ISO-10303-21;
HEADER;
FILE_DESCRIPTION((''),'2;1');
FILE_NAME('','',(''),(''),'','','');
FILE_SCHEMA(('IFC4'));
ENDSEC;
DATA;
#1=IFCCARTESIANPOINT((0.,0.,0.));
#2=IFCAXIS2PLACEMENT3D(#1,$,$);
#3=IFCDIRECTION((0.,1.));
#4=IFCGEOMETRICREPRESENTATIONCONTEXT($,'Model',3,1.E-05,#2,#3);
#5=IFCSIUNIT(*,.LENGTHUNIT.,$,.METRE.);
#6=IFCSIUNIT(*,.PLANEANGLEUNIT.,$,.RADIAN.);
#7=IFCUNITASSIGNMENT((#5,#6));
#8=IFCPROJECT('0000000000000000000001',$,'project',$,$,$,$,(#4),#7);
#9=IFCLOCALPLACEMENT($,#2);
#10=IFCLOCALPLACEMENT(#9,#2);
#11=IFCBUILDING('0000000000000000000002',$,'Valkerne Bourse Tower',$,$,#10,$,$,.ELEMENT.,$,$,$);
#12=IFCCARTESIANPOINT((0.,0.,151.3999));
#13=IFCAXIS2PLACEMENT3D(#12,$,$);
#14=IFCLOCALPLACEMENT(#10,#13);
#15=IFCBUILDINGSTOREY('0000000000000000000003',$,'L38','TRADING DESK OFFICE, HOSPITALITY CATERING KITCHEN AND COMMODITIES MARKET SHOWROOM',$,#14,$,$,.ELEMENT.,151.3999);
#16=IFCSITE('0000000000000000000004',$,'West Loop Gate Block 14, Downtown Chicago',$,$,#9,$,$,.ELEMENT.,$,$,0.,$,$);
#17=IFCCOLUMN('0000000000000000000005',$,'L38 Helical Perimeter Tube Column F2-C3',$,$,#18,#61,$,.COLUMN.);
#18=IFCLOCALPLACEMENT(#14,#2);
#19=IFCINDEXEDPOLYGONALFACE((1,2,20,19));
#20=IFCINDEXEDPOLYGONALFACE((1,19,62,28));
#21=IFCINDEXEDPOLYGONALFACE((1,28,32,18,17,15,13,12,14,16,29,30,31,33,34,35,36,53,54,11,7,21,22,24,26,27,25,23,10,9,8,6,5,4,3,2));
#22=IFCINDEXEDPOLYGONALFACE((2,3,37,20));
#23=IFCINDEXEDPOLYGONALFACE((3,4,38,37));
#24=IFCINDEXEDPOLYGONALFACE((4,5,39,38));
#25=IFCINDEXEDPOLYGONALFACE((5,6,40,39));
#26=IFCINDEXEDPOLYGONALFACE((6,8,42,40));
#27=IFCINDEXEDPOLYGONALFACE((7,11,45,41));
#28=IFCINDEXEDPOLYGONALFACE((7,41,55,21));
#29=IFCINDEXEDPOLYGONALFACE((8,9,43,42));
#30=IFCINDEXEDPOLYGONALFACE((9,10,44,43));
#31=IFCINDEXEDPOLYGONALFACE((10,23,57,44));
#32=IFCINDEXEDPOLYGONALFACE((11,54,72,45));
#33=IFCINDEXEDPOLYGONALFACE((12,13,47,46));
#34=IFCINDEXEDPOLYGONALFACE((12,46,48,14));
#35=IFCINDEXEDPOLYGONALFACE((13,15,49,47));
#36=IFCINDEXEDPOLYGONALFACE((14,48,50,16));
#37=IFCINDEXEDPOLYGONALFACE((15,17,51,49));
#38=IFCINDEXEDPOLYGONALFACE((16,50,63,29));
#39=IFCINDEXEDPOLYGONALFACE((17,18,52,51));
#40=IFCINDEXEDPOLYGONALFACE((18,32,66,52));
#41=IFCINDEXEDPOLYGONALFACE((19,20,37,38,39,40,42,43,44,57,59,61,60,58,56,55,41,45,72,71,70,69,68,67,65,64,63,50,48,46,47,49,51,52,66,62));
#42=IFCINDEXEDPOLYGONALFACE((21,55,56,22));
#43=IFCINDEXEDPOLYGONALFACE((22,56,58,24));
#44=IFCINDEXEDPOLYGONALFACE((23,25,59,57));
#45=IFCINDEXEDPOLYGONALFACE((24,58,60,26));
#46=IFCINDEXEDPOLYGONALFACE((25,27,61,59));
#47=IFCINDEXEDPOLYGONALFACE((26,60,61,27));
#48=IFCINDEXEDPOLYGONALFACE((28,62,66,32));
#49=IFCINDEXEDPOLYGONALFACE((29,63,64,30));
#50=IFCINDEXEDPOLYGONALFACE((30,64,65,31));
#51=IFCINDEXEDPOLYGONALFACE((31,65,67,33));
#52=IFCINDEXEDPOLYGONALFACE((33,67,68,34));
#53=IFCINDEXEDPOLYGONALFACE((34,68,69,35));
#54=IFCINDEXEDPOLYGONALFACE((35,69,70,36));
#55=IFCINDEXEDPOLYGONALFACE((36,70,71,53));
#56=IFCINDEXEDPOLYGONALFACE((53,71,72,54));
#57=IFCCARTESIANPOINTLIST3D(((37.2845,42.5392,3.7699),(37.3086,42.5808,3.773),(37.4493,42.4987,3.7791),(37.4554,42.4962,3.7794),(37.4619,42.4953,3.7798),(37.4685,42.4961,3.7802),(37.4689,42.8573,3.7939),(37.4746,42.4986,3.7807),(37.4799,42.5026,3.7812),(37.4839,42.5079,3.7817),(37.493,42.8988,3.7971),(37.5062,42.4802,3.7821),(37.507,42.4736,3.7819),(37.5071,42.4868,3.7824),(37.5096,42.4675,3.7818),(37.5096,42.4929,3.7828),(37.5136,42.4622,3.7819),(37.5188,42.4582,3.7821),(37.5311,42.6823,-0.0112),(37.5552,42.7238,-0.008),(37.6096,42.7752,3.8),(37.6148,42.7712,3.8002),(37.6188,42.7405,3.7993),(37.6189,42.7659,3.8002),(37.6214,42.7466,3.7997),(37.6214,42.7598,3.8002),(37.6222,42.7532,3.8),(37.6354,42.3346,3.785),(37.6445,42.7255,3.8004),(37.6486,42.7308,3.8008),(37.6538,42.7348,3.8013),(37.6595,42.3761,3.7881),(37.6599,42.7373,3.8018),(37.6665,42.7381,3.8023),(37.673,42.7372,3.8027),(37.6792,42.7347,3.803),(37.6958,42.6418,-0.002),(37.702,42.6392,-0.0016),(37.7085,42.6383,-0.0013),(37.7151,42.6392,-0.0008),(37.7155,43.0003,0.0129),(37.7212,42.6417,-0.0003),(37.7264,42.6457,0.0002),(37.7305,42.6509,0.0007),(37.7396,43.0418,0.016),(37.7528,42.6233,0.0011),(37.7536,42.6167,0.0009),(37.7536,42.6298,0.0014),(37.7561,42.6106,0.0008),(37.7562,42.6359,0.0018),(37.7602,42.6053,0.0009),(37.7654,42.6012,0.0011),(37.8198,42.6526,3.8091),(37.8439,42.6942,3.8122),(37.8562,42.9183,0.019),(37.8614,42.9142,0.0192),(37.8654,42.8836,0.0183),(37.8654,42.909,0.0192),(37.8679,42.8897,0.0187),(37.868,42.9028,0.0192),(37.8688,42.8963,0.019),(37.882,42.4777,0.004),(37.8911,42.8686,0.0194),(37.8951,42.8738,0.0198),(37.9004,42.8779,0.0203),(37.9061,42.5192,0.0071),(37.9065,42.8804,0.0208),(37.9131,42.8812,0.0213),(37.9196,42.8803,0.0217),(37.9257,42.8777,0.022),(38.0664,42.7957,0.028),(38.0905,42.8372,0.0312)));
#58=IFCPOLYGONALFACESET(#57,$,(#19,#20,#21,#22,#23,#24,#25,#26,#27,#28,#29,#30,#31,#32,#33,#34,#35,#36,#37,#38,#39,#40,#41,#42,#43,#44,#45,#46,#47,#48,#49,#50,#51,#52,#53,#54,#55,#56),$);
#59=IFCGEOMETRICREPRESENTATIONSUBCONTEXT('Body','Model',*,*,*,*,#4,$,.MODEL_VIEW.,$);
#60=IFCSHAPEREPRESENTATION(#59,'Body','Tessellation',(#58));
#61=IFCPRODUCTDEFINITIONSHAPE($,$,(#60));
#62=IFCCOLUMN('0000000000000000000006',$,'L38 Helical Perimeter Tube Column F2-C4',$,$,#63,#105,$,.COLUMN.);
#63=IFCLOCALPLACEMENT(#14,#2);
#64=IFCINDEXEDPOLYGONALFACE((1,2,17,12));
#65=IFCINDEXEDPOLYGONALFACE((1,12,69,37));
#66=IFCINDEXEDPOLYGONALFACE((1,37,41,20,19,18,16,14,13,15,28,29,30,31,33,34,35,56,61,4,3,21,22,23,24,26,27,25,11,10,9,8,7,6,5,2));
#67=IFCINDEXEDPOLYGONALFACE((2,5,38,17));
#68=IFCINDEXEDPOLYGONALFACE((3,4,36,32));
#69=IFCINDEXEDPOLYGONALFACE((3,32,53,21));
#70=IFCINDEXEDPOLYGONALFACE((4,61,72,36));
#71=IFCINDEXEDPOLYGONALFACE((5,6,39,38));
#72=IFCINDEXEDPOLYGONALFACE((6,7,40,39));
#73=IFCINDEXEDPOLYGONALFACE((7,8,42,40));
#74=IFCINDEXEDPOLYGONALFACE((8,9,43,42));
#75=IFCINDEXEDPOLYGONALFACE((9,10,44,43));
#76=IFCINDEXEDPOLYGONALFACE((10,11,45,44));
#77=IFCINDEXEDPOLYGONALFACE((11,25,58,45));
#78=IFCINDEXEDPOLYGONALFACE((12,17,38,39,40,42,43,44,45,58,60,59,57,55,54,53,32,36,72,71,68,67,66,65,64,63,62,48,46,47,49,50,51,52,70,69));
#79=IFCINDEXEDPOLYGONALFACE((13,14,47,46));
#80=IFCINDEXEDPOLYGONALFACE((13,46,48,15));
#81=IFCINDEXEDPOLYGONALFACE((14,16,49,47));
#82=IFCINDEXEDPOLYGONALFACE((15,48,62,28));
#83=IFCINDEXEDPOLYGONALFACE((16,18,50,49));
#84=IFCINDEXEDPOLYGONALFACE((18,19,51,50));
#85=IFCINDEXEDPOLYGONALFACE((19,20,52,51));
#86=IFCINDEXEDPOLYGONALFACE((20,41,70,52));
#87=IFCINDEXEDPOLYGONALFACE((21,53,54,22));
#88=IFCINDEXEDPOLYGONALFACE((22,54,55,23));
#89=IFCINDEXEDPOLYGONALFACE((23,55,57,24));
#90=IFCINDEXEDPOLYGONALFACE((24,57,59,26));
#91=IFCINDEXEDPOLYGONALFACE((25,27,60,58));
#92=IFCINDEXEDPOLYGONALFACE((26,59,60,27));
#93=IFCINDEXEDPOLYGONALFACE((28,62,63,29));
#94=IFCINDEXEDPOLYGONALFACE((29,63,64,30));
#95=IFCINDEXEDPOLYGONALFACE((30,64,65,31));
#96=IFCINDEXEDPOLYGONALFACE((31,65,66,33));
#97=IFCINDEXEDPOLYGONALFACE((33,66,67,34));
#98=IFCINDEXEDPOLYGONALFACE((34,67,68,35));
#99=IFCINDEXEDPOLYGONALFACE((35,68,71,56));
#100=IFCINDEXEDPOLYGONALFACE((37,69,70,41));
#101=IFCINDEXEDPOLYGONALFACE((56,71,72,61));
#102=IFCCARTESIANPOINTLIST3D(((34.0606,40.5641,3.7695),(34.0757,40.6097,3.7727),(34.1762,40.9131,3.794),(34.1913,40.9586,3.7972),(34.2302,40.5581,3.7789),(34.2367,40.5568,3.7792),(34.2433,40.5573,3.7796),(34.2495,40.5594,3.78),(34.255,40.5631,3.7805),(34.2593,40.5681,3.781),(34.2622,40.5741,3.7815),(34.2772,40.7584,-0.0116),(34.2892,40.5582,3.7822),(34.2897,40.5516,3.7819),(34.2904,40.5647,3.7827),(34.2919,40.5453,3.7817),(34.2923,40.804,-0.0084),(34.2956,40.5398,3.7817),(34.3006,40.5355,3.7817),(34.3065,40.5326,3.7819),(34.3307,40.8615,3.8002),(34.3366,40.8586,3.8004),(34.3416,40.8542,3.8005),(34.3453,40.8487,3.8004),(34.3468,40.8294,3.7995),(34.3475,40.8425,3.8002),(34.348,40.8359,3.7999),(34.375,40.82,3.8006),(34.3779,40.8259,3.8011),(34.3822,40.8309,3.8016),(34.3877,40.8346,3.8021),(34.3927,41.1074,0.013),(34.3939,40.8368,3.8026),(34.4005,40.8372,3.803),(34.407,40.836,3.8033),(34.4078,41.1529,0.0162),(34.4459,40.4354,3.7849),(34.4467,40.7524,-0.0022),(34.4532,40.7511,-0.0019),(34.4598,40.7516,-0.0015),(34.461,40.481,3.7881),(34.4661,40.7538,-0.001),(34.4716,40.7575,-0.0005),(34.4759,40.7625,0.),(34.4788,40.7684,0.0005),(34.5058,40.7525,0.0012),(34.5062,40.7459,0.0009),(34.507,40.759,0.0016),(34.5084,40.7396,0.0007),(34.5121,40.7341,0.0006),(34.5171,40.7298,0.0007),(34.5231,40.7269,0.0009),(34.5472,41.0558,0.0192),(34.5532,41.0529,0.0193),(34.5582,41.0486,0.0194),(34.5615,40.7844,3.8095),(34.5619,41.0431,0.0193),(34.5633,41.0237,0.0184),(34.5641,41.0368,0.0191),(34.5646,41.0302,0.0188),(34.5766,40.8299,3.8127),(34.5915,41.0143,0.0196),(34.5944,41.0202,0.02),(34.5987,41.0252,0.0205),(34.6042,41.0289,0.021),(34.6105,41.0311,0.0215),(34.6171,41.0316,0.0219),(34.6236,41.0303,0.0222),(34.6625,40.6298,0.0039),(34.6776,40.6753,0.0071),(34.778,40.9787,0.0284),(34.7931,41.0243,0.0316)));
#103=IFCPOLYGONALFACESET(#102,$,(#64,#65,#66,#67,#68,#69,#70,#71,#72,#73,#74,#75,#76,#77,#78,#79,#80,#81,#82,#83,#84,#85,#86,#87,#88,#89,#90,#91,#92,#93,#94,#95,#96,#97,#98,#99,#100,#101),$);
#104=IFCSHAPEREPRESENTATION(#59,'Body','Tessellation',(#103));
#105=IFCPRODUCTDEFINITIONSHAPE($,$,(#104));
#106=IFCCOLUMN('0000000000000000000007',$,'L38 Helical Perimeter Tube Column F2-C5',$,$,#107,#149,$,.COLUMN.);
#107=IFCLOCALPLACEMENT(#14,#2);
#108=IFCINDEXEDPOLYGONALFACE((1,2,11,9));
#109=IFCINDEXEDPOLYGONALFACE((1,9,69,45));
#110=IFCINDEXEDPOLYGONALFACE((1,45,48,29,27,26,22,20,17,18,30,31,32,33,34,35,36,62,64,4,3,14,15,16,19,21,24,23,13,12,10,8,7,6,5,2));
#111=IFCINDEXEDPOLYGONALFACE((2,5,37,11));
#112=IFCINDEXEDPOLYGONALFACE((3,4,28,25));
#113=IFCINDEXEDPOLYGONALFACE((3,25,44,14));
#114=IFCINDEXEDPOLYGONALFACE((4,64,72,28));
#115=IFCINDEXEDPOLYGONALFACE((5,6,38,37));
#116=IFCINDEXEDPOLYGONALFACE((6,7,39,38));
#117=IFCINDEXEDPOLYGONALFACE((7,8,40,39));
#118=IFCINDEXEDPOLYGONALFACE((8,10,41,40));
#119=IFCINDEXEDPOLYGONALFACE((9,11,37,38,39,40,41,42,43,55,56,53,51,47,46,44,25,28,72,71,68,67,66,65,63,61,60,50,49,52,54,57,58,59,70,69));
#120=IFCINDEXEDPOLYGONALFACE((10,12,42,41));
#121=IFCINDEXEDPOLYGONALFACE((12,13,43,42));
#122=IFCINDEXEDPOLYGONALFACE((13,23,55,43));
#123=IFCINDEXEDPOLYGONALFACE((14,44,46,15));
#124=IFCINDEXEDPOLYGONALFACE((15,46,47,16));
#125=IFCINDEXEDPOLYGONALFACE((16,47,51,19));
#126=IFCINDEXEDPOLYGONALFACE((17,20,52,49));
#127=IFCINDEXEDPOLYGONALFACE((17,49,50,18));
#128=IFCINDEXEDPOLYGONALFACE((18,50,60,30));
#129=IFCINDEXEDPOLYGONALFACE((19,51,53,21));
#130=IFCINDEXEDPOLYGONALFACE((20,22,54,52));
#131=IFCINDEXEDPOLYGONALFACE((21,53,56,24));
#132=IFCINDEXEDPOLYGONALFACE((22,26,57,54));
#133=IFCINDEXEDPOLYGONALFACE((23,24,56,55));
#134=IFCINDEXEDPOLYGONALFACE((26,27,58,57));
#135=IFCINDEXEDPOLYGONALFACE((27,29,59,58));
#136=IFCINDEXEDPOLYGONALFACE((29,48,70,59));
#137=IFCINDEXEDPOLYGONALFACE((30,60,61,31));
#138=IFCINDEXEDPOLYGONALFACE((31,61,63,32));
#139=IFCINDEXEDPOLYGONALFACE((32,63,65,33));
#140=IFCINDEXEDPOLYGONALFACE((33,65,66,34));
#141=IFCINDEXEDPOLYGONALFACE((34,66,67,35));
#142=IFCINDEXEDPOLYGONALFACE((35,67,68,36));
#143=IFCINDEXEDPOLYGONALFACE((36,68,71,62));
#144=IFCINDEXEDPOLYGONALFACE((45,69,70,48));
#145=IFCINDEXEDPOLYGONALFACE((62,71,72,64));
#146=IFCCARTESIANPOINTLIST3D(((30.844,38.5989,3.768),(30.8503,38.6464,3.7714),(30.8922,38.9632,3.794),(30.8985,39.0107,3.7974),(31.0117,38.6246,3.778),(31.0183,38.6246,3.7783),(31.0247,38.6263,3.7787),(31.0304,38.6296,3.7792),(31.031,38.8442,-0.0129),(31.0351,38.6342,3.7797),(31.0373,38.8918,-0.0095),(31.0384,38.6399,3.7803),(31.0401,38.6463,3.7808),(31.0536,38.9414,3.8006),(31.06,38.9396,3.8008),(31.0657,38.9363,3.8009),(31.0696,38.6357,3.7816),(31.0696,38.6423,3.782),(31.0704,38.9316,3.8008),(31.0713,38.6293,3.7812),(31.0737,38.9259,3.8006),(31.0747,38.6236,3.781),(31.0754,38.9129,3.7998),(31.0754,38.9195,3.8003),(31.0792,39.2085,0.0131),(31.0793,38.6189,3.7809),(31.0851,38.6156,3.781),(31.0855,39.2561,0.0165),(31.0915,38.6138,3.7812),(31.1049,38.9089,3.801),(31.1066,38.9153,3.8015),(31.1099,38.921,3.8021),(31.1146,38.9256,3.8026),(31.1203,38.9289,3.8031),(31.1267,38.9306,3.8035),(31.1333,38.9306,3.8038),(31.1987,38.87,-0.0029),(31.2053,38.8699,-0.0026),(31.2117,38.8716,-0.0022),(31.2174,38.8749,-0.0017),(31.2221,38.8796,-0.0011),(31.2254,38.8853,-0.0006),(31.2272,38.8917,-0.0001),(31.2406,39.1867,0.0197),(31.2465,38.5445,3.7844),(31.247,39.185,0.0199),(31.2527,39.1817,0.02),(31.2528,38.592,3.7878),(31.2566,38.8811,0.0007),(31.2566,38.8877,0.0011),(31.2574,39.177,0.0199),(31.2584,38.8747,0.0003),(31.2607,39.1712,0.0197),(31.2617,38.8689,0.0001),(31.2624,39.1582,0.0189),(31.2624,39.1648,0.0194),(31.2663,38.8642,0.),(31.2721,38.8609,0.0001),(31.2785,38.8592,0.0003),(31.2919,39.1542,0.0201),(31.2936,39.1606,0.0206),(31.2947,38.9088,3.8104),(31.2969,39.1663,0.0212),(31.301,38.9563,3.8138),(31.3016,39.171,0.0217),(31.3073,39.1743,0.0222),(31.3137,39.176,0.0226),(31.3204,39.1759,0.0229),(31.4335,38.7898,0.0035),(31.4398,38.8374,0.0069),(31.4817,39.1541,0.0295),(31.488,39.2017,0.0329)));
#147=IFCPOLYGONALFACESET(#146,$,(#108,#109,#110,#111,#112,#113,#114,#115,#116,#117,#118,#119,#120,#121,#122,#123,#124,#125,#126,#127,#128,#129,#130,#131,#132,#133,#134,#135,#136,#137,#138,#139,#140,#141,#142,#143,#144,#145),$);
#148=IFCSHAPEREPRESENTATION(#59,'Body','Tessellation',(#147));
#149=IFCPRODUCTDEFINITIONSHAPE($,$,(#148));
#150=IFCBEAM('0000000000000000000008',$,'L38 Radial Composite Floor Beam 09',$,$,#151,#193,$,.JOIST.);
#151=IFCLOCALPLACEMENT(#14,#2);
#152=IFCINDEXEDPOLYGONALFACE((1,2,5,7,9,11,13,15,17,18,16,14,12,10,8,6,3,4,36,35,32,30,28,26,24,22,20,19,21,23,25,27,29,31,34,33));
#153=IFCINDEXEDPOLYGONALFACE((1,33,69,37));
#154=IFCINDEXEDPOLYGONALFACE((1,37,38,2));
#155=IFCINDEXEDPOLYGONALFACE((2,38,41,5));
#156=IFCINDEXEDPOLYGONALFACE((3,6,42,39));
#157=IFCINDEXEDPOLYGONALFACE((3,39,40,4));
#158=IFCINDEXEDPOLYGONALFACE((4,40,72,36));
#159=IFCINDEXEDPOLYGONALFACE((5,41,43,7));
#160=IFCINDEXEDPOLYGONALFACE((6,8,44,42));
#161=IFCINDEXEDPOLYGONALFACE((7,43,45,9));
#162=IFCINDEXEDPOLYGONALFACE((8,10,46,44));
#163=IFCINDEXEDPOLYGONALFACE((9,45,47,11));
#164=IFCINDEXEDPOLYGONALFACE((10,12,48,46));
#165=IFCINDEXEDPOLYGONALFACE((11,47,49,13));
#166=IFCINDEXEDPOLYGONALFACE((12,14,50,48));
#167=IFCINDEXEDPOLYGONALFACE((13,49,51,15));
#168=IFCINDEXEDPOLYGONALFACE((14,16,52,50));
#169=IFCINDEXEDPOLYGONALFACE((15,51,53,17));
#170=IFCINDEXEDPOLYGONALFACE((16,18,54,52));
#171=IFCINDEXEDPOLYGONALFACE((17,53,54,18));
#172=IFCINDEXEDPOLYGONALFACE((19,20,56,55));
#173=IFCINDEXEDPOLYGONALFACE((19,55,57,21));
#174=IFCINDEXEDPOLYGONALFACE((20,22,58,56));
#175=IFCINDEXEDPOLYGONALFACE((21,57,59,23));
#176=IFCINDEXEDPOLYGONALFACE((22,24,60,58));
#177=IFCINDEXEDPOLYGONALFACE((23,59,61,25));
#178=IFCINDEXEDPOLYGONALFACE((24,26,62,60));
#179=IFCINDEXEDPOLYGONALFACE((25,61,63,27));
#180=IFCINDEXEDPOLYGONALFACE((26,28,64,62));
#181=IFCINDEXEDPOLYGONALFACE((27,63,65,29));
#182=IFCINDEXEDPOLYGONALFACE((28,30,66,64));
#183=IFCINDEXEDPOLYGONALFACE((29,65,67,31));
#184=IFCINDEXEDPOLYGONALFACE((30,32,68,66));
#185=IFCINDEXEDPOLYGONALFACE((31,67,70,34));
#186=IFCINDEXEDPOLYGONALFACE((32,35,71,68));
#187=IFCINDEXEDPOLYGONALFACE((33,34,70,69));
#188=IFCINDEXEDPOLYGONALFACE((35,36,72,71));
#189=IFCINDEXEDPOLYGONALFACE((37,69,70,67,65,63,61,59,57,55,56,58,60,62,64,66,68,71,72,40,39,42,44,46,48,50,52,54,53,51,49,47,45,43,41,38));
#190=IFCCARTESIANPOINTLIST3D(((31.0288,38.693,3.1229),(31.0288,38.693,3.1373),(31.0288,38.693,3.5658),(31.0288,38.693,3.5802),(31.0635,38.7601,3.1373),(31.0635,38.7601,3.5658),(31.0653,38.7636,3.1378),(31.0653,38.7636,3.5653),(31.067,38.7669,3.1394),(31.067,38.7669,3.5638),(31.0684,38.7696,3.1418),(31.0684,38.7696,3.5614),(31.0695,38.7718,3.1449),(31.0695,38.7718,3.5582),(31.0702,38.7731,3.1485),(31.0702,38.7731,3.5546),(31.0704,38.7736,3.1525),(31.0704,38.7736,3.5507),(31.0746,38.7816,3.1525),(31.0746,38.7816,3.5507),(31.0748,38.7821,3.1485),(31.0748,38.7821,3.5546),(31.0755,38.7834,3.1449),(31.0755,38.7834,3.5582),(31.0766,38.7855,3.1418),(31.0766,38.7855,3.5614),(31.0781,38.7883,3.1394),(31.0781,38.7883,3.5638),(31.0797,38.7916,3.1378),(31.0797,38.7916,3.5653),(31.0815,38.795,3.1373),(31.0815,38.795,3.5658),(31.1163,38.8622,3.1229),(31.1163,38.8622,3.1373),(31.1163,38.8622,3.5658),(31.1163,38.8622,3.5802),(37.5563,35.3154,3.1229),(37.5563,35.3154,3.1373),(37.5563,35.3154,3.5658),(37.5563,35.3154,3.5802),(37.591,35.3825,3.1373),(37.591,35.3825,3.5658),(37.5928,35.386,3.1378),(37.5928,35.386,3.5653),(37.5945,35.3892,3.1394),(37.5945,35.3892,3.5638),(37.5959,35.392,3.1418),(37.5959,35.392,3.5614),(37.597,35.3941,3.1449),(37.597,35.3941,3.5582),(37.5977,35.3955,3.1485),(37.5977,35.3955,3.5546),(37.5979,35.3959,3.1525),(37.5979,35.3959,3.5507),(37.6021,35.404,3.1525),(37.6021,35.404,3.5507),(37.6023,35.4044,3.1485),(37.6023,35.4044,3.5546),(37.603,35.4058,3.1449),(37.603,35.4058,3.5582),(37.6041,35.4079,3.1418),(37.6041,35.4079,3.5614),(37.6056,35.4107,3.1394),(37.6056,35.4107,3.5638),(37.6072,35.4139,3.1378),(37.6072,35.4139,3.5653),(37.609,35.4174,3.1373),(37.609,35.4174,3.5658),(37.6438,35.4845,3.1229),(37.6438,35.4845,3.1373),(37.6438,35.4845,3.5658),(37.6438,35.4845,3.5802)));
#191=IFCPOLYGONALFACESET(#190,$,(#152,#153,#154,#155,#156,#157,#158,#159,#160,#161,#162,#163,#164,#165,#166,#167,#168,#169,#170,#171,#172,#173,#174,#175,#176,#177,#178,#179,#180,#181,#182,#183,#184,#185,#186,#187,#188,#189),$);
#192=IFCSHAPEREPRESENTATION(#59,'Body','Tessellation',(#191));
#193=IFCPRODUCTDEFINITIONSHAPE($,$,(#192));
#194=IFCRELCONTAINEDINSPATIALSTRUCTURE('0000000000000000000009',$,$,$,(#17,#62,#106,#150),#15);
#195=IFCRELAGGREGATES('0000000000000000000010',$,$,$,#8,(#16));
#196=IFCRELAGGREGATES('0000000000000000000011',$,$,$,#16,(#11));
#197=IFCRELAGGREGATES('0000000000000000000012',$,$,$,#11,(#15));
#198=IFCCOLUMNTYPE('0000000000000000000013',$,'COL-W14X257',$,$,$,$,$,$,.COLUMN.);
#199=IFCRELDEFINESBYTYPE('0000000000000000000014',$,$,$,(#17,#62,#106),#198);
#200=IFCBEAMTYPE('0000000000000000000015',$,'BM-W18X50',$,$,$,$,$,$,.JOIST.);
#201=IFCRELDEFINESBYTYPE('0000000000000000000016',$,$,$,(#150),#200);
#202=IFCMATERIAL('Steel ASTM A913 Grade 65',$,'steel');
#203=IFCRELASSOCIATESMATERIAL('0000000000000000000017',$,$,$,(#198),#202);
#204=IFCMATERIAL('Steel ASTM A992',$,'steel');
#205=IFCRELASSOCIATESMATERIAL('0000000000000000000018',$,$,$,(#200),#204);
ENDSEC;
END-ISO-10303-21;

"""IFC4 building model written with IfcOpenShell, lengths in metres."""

from ifc_helpers import new_model, si_unit, direction, frame, origin, origin_2d, place, context, subcontext, project, spatial, i_section, extrude, material, material_profile, profile_set, type_object, element, save


model = new_model("IFC4")

# Units and contexts
model_context = context("Model", 3, precision=1e-05, world=origin(), true_north=direction((0.0, 1.0)))
body_context = subcontext(model_context, "Body", "Model", "MODEL_VIEW")
ifc_project = project(units=[si_unit("LENGTHUNIT", "METRE"), si_unit("PLANEANGLEUNIT", "RADIAN")], contexts=[model_context])

# Site, building, storey
site_placement = place(None, origin())
site = spatial("IfcSite", under=ifc_project, at=site_placement, Name="West Loop Gate Block 14, Downtown Chicago", CompositionType="ELEMENT", RefElevation=0.0)
building_placement = place(site_placement, origin())
building = spatial("IfcBuilding", under=site, at=building_placement, Name="Valkerne Bourse Tower", CompositionType="ELEMENT")
storey_placement = place(building_placement, frame((0.0, 0.0, 151.3999)))
storey = spatial("IfcBuildingStorey", under=building, at=storey_placement, Name="L38", Description="TRADING DESK OFFICE, HOSPITALITY CATERING KITCHEN AND COMMODITIES MARKET SHOWROOM", CompositionType="ELEMENT", Elevation=151.3999)

# Columns
ifc_material_1 = material(Name="Steel ASTM A913 Grade 65", Category="steel")
ifc_material_profile_1 = material_profile(ifc_material_1, i_section(OverallWidth=0.4065, OverallDepth=0.4165, WebThickness=0.0298, FlangeThickness=0.0481, FilletRadius=0.0254, at=origin_2d()), Name="W14X257")
ifc_profile_set_1 = profile_set([ifc_material_profile_1], Name="Steel ASTM A913 Grade 65")
column_type = type_object("IfcColumnType", Name="COL-W14X257", PredefinedType="COLUMN", material=ifc_profile_set_1)
column_1_placement = place(storey_placement, frame((37.8108, 42.7598, 0.01), z_axis=(-0.065031, -0.037731, 0.99717), x_axis=(-0.863257, 0.503388, -0.037251)))
element("IfcColumn", 1, at=column_1_placement, inside=storey, type_object=column_type, Name="L38 Helical Perimeter Tube Column F2-C3", PredefinedType="COLUMN", context=body_context, shape_type="SweptSolid", body=[
    extrude(i_section(OverallWidth=0.4065, OverallDepth=0.4165, WebThickness=0.0298, FlangeThickness=0.0481, FilletRadius=0.0254, at=origin_2d()), origin(), (0.0, 0.0, 1.0), 3.7917),
])
column_2_placement = place(storey_placement, frame((34.5352, 40.8914, 0.01), z_axis=(-0.057105, -0.051246, 0.997052), x_axis=(-0.947817, 0.316541, -0.038016)))
element("IfcColumn", 2, at=column_2_placement, inside=storey, type_object=column_type, Name="L38 Helical Perimeter Tube Column F2-C4", PredefinedType="COLUMN", context=body_context, shape_type="SweptSolid", body=[
    extrude(i_section(OverallWidth=0.4065, OverallDepth=0.4165, WebThickness=0.0298, FlangeThickness=0.0481, FilletRadius=0.0254, at=origin_2d()), origin(), (0.0, 0.0, 1.0), 3.7922),
])
column_3_placement = place(storey_placement, frame((31.2595, 39.0229, 0.01), z_axis=(-0.049297, -0.064678, 0.996688), x_axis=(-0.990188, 0.133808, -0.040292)))
element("IfcColumn", 3, at=column_3_placement, inside=storey, type_object=column_type, Name="L38 Helical Perimeter Tube Column F2-C5", PredefinedType="COLUMN", context=body_context, shape_type="SweptSolid", body=[
    extrude(i_section(OverallWidth=0.4065, OverallDepth=0.4165, WebThickness=0.0298, FlangeThickness=0.0481, FilletRadius=0.0254, at=origin_2d()), origin(), (0.0, 0.0, 1.0), 3.7935),
])

# Beam
ifc_material_2 = material(Name="Steel ASTM A992", Category="steel")
ifc_material_profile_2 = material_profile(ifc_material_2, i_section(OverallWidth=0.1904, OverallDepth=0.4573, WebThickness=0.009, FlangeThickness=0.0144, FilletRadius=0.0151, at=origin_2d()), Name="W18X50")
ifc_profile_set_2 = profile_set([ifc_material_profile_2], Name="Steel ASTM A992")
beam_type_1 = type_object("IfcBeamType", Name="BM-W18X50", PredefinedType="JOIST", material=ifc_profile_set_2)
beam_1_placement = place(storey_placement, frame((31.0725, 38.7776, 3.3516), z_axis=(0.888143, -0.459568, 0.0), x_axis=(0.459568, 0.888143, 0.0)))
element("IfcBeam", 4, at=beam_1_placement, inside=storey, type_object=beam_type_1, Name="L38 Radial Composite Floor Beam 09", PredefinedType="JOIST", context=body_context, shape_type="SweptSolid", body=[
    extrude(i_section(OverallWidth=0.1904, OverallDepth=0.4573, WebThickness=0.009, FlangeThickness=0.0144, FilletRadius=0.0151, at=origin_2d()), origin(), (0.0, 0.0, 1.0), 7.3496),
])

save(model, "model.ifc")
